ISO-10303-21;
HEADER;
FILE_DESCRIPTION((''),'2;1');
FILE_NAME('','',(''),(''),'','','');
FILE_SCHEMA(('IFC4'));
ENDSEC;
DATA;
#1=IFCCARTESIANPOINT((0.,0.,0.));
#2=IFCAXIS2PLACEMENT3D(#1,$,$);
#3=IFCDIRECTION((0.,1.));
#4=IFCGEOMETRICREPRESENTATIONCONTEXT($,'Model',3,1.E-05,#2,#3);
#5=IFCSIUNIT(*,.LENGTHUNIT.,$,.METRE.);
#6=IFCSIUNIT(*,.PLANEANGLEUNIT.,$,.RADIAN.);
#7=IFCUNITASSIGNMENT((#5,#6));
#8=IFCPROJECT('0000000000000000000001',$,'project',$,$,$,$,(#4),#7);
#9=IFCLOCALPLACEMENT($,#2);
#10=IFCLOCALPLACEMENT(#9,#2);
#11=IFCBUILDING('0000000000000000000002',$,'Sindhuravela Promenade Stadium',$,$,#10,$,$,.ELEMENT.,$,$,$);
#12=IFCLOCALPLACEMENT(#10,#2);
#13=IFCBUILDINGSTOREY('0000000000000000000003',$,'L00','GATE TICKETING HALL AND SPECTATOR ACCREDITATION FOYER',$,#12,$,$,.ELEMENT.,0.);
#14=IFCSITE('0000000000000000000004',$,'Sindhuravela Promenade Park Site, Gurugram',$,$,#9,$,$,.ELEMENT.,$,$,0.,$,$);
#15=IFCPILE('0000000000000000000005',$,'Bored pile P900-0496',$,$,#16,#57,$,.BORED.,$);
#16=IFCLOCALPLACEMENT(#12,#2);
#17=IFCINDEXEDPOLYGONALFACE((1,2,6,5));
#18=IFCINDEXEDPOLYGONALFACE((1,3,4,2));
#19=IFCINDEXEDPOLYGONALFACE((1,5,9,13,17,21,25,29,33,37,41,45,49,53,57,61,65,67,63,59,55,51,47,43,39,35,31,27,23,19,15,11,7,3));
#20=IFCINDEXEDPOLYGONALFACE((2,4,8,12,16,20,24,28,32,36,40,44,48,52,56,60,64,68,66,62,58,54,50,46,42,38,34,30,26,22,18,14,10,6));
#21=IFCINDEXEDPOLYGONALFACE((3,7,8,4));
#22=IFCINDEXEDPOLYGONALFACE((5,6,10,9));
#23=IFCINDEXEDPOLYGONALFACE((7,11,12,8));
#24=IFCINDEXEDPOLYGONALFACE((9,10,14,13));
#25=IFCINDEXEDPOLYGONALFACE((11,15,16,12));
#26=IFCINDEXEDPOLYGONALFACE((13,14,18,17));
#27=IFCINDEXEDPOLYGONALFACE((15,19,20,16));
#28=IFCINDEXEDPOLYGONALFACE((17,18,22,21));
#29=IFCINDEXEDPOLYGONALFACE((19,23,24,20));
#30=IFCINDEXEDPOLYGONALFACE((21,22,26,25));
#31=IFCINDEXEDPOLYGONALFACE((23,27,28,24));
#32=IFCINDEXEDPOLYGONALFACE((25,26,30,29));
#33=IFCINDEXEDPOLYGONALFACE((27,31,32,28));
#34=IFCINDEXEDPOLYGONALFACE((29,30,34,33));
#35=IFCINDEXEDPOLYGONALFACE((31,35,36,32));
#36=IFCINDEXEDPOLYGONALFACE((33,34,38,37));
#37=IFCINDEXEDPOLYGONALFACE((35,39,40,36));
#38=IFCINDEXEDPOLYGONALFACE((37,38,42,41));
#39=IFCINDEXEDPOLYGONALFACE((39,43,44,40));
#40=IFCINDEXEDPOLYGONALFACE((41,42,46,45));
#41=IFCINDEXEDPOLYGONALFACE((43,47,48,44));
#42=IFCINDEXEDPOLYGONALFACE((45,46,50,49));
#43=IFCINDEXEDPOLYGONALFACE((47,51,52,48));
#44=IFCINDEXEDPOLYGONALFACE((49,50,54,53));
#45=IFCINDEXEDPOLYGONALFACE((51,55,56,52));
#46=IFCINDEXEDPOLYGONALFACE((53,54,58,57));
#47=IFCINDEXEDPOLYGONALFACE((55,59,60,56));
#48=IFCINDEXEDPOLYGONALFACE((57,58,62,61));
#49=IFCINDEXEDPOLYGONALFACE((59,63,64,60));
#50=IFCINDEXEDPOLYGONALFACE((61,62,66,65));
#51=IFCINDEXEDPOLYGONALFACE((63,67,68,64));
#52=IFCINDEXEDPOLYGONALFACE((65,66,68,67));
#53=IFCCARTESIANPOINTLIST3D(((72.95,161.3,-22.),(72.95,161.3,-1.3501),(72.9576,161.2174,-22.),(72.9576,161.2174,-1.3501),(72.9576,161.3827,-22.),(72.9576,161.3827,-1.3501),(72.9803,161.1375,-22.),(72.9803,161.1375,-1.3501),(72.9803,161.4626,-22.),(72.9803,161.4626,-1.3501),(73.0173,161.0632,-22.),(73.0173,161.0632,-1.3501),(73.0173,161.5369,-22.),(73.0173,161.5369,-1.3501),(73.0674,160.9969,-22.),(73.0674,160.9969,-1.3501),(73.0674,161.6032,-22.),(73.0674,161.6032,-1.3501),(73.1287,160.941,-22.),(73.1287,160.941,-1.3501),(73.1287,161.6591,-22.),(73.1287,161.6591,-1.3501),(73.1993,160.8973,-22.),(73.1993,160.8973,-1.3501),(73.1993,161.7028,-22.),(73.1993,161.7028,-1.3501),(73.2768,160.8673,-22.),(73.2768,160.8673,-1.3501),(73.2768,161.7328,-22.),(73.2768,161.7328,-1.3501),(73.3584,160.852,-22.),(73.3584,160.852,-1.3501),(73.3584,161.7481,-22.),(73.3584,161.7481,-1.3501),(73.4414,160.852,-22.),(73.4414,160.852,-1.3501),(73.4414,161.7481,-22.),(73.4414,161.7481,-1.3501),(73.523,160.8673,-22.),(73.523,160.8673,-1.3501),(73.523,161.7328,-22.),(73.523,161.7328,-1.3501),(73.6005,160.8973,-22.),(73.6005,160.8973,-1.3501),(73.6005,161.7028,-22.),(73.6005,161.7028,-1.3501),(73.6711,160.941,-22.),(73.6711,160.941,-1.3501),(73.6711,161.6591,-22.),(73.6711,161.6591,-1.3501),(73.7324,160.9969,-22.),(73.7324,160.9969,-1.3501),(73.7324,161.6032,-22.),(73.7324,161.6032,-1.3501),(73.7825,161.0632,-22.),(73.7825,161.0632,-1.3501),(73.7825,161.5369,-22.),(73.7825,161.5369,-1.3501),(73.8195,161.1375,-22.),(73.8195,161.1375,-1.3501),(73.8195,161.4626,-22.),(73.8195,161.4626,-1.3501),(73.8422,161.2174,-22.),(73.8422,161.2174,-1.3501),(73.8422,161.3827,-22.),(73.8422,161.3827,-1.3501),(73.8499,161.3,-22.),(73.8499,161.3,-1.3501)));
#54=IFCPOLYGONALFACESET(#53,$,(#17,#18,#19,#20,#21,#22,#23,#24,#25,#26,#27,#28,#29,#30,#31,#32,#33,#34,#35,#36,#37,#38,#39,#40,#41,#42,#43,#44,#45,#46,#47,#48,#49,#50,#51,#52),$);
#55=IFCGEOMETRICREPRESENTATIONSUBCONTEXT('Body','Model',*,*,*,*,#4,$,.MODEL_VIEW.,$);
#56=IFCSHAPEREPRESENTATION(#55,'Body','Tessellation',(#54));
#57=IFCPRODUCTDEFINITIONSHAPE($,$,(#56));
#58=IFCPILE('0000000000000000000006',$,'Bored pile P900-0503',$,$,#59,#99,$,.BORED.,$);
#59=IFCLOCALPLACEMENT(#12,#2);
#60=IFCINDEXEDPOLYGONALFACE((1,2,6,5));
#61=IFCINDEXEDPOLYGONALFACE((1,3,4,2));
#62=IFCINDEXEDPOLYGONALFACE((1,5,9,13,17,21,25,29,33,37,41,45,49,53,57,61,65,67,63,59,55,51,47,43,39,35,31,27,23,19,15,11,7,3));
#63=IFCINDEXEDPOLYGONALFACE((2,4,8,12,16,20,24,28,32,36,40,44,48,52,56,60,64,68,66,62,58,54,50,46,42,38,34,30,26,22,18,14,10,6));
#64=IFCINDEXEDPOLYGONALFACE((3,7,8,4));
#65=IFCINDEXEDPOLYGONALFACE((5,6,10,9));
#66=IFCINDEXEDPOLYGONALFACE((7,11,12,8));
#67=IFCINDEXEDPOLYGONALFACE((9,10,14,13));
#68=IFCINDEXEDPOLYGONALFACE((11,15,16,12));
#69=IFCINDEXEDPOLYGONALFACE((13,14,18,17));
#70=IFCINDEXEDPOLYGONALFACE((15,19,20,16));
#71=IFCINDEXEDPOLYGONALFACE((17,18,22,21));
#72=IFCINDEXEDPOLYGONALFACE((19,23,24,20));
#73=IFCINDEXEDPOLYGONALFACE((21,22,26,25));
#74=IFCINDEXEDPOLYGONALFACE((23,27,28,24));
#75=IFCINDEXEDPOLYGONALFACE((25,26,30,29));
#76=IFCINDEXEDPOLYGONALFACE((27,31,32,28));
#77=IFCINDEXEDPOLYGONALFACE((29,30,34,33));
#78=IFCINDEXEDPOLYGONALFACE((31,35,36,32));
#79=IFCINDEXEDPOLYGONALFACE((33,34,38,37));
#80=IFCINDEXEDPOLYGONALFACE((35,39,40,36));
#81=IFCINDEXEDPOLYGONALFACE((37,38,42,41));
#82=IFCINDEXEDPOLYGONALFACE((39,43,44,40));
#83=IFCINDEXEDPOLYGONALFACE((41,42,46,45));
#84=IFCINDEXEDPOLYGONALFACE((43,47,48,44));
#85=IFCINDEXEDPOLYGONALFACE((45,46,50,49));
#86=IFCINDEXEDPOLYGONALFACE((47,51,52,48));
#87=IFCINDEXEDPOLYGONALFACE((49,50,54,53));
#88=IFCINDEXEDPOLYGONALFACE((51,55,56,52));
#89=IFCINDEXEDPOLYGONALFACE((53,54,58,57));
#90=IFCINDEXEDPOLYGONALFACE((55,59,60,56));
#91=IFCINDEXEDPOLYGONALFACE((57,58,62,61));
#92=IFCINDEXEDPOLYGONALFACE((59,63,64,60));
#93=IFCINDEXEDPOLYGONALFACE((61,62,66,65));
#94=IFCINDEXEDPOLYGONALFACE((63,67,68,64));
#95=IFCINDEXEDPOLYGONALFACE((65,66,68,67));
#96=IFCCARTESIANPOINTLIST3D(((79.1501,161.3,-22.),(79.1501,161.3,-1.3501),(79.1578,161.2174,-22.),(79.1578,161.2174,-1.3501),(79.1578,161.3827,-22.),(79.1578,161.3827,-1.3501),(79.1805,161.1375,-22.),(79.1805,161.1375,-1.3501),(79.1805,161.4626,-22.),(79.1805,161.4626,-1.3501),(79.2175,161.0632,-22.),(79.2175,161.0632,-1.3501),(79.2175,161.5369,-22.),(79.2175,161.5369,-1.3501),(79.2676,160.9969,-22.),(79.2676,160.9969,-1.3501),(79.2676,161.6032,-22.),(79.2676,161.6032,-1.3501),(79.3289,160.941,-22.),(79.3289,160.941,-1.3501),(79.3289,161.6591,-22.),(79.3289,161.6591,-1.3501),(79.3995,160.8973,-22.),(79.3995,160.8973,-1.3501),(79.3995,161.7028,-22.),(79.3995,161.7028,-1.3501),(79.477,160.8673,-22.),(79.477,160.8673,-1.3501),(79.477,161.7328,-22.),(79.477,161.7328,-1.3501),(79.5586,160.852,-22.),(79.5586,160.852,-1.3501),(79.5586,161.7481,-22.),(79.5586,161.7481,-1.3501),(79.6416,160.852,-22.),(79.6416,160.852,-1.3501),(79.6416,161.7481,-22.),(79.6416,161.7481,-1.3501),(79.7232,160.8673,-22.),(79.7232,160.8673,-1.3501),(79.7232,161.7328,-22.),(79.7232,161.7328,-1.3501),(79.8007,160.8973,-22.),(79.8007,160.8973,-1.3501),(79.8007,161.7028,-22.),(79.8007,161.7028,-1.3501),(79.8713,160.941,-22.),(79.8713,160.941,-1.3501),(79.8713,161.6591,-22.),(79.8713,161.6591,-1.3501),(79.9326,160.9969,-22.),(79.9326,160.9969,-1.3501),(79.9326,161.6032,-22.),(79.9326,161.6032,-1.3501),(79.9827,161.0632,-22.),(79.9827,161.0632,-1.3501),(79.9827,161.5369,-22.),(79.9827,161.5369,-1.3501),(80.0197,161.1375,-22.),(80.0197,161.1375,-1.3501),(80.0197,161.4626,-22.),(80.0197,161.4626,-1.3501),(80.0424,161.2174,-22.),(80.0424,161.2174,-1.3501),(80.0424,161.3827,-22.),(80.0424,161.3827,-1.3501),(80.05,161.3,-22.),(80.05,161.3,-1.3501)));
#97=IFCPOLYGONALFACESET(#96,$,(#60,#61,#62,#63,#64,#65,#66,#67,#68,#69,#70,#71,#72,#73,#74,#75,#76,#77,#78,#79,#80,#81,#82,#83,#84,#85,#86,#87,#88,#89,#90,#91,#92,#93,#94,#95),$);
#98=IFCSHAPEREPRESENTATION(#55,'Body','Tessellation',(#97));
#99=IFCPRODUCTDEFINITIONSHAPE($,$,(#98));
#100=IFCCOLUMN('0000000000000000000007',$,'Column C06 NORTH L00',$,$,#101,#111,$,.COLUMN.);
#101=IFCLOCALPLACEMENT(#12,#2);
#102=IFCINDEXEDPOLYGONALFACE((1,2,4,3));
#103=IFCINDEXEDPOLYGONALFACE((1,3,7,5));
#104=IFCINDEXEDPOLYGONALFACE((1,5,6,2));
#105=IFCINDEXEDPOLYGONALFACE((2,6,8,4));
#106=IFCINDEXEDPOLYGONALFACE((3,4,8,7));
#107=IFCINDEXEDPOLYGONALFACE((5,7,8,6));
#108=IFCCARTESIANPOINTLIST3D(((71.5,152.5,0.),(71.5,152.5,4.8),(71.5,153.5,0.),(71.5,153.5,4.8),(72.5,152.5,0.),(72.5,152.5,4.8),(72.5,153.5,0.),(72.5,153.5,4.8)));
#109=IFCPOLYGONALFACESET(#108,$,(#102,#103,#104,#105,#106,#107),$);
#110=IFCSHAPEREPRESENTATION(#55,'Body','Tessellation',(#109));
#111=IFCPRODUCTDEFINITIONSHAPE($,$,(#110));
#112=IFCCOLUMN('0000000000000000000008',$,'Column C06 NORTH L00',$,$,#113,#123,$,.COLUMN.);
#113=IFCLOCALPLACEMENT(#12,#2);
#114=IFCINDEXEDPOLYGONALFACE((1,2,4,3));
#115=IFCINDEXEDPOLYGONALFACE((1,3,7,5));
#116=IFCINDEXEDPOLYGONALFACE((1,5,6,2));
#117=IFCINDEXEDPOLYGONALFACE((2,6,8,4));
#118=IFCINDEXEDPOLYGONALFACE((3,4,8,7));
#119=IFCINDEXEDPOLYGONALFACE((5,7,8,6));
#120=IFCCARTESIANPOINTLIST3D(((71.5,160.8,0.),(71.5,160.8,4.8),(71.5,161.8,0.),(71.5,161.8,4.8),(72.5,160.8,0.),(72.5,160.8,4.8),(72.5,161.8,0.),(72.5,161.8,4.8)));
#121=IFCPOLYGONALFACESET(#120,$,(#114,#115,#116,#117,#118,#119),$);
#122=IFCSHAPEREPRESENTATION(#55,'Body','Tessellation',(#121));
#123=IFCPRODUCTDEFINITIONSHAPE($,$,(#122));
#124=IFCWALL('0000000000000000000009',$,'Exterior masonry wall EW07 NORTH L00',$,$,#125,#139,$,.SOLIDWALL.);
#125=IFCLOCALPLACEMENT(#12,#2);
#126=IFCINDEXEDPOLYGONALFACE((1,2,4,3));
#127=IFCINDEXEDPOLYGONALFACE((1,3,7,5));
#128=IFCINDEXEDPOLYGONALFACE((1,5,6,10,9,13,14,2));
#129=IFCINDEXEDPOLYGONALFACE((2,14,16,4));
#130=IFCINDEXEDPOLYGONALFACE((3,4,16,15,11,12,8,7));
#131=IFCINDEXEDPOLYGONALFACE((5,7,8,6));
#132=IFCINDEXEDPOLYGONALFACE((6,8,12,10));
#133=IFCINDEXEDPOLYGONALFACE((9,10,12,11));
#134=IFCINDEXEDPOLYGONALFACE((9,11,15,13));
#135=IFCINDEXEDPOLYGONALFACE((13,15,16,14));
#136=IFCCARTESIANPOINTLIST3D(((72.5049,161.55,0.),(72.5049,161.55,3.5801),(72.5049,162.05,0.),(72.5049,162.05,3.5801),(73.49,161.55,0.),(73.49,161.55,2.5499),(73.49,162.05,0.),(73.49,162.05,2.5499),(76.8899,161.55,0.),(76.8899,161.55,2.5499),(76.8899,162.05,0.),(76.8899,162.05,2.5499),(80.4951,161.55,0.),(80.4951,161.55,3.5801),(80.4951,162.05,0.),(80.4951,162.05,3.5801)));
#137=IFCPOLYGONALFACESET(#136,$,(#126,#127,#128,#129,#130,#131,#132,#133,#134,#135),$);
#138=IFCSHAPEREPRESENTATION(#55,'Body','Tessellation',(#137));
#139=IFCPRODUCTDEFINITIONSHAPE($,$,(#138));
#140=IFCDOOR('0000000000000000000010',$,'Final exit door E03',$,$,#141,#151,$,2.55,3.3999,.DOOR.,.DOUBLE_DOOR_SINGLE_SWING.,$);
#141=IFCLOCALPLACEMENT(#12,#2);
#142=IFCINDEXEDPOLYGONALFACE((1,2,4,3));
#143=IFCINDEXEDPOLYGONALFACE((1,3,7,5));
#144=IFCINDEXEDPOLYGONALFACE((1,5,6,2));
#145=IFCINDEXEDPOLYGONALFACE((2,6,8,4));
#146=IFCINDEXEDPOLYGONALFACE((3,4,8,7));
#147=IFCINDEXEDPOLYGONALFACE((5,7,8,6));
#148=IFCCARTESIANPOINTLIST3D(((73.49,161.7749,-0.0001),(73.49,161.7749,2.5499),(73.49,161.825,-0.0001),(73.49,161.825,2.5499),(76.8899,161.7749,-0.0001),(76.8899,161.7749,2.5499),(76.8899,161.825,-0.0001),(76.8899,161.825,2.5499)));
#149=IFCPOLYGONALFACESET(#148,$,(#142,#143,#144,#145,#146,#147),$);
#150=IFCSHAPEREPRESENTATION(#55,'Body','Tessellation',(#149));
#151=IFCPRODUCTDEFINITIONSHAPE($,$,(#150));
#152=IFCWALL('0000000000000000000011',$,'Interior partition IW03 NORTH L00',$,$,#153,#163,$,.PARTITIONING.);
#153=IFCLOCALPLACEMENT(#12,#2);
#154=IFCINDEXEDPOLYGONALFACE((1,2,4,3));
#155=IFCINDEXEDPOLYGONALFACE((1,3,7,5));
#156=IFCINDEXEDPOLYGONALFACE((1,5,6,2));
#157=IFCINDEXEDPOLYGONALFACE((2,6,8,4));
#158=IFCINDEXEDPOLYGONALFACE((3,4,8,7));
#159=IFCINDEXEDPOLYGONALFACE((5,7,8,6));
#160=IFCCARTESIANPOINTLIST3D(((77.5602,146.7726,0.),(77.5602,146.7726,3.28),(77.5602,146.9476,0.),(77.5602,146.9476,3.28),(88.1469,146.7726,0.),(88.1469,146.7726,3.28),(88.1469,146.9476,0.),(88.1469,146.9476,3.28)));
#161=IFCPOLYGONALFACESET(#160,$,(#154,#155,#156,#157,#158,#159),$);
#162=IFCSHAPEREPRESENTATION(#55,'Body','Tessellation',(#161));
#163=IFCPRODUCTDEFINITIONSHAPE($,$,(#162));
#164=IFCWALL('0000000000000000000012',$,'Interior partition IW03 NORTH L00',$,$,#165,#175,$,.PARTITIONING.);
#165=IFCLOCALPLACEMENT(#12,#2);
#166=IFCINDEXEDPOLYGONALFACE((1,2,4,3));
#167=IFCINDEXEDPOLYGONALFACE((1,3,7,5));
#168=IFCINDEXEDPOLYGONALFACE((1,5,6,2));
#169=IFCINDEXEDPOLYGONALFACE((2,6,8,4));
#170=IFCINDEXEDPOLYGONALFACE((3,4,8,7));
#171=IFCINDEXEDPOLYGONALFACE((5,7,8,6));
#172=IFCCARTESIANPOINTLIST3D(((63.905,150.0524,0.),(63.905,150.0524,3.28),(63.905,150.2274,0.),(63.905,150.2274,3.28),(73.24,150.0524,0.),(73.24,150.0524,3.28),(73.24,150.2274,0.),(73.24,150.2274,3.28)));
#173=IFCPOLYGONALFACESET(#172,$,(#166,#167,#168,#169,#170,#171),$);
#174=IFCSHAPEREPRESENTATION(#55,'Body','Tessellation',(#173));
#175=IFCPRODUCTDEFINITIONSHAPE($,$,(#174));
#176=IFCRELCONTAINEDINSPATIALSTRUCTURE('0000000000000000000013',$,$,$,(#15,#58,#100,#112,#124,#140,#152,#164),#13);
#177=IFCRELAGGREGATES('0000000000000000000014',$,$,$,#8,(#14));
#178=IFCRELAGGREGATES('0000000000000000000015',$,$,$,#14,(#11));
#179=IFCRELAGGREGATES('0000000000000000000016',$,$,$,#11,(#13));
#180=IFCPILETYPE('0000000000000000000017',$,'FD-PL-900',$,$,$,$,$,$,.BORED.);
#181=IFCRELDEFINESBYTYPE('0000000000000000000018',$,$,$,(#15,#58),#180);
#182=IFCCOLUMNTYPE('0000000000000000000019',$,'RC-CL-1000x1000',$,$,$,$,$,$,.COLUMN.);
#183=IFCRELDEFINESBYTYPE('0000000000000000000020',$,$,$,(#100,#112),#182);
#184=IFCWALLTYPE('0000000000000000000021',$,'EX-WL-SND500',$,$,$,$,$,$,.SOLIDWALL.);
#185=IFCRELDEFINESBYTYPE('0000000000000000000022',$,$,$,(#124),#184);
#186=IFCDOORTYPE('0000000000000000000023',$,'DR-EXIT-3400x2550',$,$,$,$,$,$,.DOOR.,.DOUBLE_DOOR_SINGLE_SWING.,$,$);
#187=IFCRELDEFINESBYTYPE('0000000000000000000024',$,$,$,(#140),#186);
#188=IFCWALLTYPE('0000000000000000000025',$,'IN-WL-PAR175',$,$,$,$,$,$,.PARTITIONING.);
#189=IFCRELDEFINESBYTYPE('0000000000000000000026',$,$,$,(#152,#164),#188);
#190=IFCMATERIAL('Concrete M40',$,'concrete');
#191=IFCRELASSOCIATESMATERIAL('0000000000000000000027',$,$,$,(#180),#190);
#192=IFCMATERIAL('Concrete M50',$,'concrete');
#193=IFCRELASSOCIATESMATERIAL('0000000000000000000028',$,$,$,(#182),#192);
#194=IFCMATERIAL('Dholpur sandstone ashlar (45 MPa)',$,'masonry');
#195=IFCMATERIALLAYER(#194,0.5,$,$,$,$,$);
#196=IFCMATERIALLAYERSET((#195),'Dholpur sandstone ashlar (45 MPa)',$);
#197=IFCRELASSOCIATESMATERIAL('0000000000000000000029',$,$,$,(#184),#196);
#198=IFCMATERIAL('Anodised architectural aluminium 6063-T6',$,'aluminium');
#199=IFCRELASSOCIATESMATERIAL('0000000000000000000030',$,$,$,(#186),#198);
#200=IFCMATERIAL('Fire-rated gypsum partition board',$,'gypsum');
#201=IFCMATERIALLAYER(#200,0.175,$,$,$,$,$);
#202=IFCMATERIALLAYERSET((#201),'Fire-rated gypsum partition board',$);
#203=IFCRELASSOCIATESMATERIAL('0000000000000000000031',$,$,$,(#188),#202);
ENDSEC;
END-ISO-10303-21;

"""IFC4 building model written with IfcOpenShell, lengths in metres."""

from ifc_helpers import new_model, si_unit, direction, frame, frame_2d, origin, origin_2d, place, context, subcontext, project, spatial, rectangle, circle, extrude, material, layer, layer_set, material_profile, profile_set, type_object, element, fill, save


model = new_model("IFC4")

# Units and contexts
model_context = context("Model", 3, precision=1e-05, world=origin(), true_north=direction((0.0, 1.0)))
body_context = subcontext(model_context, "Body", "Model", "MODEL_VIEW")
ifc_project = project(units=[si_unit("LENGTHUNIT", "METRE"), si_unit("PLANEANGLEUNIT", "RADIAN")], contexts=[model_context])

# Site, building, storey
site_placement = place(None, origin())
site = spatial("IfcSite", under=ifc_project, at=site_placement, Name="Sindhuravela Promenade Park Site, Gurugram", CompositionType="ELEMENT", RefElevation=0.0)
building_placement = place(site_placement, origin())
building = spatial("IfcBuilding", under=site, at=building_placement, Name="Sindhuravela Promenade Stadium", CompositionType="ELEMENT")
storey_placement = place(building_placement, origin())
storey = spatial("IfcBuildingStorey", under=building, at=storey_placement, Name="L00", Description="GATE TICKETING HALL AND SPECTATOR ACCREDITATION FOYER", CompositionType="ELEMENT", Elevation=0.0)

# Shared definitions
ifc_material_1 = material(Name="Concrete M50", Category="concrete")

# Piles
ifc_material_2 = material(Name="Concrete M40", Category="concrete")
ifc_material_profile_1 = material_profile(ifc_material_2, circle(Radius=0.45, at=origin_2d()), Name="BORED PILE D900")
ifc_profile_set_1 = profile_set([ifc_material_profile_1], Name="Concrete M40")
pile_type_1 = type_object("IfcPileType", Name="FD-PL-900", PredefinedType="BORED", material=ifc_profile_set_1)
for number, where, z_axis, x_axis, name in (
    (1, (73.3999, 161.3, -1.3501), (0.0, 0.0, -1.0), (1.0, 0.0, 0.0), "Bored pile P900-0496"),
    (2, (79.6001, 161.3, -1.3501), (0.0, 0.0, -1.0), (1.0, 0.0, 0.0), "Bored pile P900-0503"),
):
    element("IfcPile", number, at=place(storey_placement, frame(where, z_axis=z_axis, x_axis=x_axis)), inside=storey, type_object=pile_type_1, Name=name, PredefinedType="BORED", context=body_context, shape_type="SweptSolid", body=[
        extrude(circle(Radius=0.45, at=origin_2d()), origin(), (0.0, 0.0, 1.0), 20.6499),
    ])

# Columns
ifc_material_profile_2 = material_profile(ifc_material_1, rectangle(XDim=1.0, YDim=1.0, at=origin_2d()), Name="RC 1000x1000")
ifc_profile_set_2 = profile_set([ifc_material_profile_2], Name="Concrete M50")
column_type = type_object("IfcColumnType", Name="RC-CL-1000x1000", PredefinedType="COLUMN", material=ifc_profile_set_2)
for number, where, z_axis, x_axis, name in (
    (3, (72.0, 153.0, 0.0), (0.0, 0.0, 1.0), (1.0, 0.0, 0.0), "Column C06 NORTH L00"),
    (4, (72.0, 161.3, 0.0), (0.0, 0.0, 1.0), (1.0, 0.0, 0.0), "Column C06 NORTH L00"),
):
    element("IfcColumn", number, at=place(storey_placement, frame(where, z_axis=z_axis, x_axis=x_axis)), inside=storey, type_object=column_type, Name=name, PredefinedType="COLUMN", context=body_context, shape_type="SweptSolid", body=[
        extrude(rectangle(XDim=1.0, YDim=1.0, at=origin_2d()), origin(), (0.0, 0.0, 1.0), 4.8),
    ])

# Wall, opening, door
ifc_material_3 = material(Name="Dholpur sandstone ashlar (45 MPa)", Category="masonry")
ifc_layer_1 = layer(ifc_material_3, 0.5)
ifc_layer_set_1 = layer_set([ifc_layer_1], Name="Dholpur sandstone ashlar (45 MPa)")
wall_type_1 = type_object("IfcWallType", Name="EX-WL-SND500", PredefinedType="SOLIDWALL", material=ifc_layer_set_1)
wall_1_placement = place(storey_placement, frame((72.5049, 161.8, 0.0), z_axis=(0.0, 0.0, 1.0), x_axis=(1.0, 0.0, 0.0)))
wall_1 = element("IfcWall", 5, at=wall_1_placement, inside=storey, type_object=wall_type_1, Name="Exterior masonry wall EW07 NORTH L00", PredefinedType="SOLIDWALL", context=body_context, shape_type="SweptSolid", body=[
    extrude(rectangle(XDim=7.9902, YDim=0.5, at=frame_2d((3.9951, 0.0))), origin(), (0.0, 0.0, 1.0), 3.5801),
])
opening_1_placement = place(wall_1_placement, frame((0.9851, 0.0, 0.0)))
opening_1 = element("IfcOpeningElement", 6, at=opening_1_placement, cuts=wall_1, PredefinedType="OPENING", context=body_context, shape_type="SweptSolid", body=[
    extrude(rectangle(XDim=3.3999, YDim=2.55, at=frame_2d((1.7, 1.2749))), frame((0.0, 0.26, 0.0), z_axis=(0.0, -1.0, 0.0), x_axis=(1.0, 0.0, 0.0)), (0.0, 0.0, 1.0), 0.52),
])
ifc_material_4 = material(Name="Anodised architectural aluminium 6063-T6", Category="aluminium")
door_type_1 = type_object("IfcDoorType", Name="DR-EXIT-3400x2550", OperationType="DOUBLE_DOOR_SINGLE_SWING", PredefinedType="DOOR", material=ifc_material_4)
door_1_placement = place(opening_1_placement, origin())
door_1 = element("IfcDoor", 7, at=door_1_placement, inside=storey, type_object=door_type_1, Name="Final exit door E03", OperationType="DOUBLE_DOOR_SINGLE_SWING", OverallHeight=2.55, OverallWidth=3.3999, PredefinedType="DOOR", context=body_context, shape_type="SweptSolid", body=[
    extrude(rectangle(XDim=3.3999, YDim=2.55, at=frame_2d((1.7, 1.2749))), frame((0.0, 0.0249, 0.0), z_axis=(0.0, -1.0, 0.0), x_axis=(1.0, 0.0, 0.0)), (0.0, 0.0, 1.0), 0.05),
])
fill(opening_1, door_1)

# Walls
ifc_material_5 = material(Name="Fire-rated gypsum partition board", Category="gypsum")
ifc_layer_2 = layer(ifc_material_5, 0.175)
ifc_layer_set_2 = layer_set([ifc_layer_2], Name="Fire-rated gypsum partition board")
wall_type_2 = type_object("IfcWallType", Name="IN-WL-PAR175", PredefinedType="PARTITIONING", material=ifc_layer_set_2)
wall_2_placement = place(storey_placement, frame((77.5601, 146.8601, 0.0), z_axis=(0.0, 0.0, 1.0), x_axis=(1.0, 0.0, 0.0)))
element("IfcWall", 8, at=wall_2_placement, inside=storey, type_object=wall_type_2, Name="Interior partition IW03 NORTH L00", PredefinedType="PARTITIONING", context=body_context, shape_type="SweptSolid", body=[
    extrude(rectangle(XDim=10.5867, YDim=0.175, at=frame_2d((5.2935, 0.0))), origin(), (0.0, 0.0, 1.0), 3.28),
])
wall_3_placement = place(storey_placement, frame((73.24, 150.1399, 0.0), z_axis=(0.0, 0.0, 1.0), x_axis=(-1.0, 0.0, 0.0)))
element("IfcWall", 9, at=wall_3_placement, inside=storey, type_object=wall_type_2, Name="Interior partition IW03 NORTH L00", PredefinedType="PARTITIONING", context=body_context, shape_type="SweptSolid", body=[
    extrude(rectangle(XDim=9.335, YDim=0.175, at=frame_2d((4.6675, 0.0))), origin(), (0.0, 0.0, 1.0), 3.28),
])

save(model, "model.ifc")
